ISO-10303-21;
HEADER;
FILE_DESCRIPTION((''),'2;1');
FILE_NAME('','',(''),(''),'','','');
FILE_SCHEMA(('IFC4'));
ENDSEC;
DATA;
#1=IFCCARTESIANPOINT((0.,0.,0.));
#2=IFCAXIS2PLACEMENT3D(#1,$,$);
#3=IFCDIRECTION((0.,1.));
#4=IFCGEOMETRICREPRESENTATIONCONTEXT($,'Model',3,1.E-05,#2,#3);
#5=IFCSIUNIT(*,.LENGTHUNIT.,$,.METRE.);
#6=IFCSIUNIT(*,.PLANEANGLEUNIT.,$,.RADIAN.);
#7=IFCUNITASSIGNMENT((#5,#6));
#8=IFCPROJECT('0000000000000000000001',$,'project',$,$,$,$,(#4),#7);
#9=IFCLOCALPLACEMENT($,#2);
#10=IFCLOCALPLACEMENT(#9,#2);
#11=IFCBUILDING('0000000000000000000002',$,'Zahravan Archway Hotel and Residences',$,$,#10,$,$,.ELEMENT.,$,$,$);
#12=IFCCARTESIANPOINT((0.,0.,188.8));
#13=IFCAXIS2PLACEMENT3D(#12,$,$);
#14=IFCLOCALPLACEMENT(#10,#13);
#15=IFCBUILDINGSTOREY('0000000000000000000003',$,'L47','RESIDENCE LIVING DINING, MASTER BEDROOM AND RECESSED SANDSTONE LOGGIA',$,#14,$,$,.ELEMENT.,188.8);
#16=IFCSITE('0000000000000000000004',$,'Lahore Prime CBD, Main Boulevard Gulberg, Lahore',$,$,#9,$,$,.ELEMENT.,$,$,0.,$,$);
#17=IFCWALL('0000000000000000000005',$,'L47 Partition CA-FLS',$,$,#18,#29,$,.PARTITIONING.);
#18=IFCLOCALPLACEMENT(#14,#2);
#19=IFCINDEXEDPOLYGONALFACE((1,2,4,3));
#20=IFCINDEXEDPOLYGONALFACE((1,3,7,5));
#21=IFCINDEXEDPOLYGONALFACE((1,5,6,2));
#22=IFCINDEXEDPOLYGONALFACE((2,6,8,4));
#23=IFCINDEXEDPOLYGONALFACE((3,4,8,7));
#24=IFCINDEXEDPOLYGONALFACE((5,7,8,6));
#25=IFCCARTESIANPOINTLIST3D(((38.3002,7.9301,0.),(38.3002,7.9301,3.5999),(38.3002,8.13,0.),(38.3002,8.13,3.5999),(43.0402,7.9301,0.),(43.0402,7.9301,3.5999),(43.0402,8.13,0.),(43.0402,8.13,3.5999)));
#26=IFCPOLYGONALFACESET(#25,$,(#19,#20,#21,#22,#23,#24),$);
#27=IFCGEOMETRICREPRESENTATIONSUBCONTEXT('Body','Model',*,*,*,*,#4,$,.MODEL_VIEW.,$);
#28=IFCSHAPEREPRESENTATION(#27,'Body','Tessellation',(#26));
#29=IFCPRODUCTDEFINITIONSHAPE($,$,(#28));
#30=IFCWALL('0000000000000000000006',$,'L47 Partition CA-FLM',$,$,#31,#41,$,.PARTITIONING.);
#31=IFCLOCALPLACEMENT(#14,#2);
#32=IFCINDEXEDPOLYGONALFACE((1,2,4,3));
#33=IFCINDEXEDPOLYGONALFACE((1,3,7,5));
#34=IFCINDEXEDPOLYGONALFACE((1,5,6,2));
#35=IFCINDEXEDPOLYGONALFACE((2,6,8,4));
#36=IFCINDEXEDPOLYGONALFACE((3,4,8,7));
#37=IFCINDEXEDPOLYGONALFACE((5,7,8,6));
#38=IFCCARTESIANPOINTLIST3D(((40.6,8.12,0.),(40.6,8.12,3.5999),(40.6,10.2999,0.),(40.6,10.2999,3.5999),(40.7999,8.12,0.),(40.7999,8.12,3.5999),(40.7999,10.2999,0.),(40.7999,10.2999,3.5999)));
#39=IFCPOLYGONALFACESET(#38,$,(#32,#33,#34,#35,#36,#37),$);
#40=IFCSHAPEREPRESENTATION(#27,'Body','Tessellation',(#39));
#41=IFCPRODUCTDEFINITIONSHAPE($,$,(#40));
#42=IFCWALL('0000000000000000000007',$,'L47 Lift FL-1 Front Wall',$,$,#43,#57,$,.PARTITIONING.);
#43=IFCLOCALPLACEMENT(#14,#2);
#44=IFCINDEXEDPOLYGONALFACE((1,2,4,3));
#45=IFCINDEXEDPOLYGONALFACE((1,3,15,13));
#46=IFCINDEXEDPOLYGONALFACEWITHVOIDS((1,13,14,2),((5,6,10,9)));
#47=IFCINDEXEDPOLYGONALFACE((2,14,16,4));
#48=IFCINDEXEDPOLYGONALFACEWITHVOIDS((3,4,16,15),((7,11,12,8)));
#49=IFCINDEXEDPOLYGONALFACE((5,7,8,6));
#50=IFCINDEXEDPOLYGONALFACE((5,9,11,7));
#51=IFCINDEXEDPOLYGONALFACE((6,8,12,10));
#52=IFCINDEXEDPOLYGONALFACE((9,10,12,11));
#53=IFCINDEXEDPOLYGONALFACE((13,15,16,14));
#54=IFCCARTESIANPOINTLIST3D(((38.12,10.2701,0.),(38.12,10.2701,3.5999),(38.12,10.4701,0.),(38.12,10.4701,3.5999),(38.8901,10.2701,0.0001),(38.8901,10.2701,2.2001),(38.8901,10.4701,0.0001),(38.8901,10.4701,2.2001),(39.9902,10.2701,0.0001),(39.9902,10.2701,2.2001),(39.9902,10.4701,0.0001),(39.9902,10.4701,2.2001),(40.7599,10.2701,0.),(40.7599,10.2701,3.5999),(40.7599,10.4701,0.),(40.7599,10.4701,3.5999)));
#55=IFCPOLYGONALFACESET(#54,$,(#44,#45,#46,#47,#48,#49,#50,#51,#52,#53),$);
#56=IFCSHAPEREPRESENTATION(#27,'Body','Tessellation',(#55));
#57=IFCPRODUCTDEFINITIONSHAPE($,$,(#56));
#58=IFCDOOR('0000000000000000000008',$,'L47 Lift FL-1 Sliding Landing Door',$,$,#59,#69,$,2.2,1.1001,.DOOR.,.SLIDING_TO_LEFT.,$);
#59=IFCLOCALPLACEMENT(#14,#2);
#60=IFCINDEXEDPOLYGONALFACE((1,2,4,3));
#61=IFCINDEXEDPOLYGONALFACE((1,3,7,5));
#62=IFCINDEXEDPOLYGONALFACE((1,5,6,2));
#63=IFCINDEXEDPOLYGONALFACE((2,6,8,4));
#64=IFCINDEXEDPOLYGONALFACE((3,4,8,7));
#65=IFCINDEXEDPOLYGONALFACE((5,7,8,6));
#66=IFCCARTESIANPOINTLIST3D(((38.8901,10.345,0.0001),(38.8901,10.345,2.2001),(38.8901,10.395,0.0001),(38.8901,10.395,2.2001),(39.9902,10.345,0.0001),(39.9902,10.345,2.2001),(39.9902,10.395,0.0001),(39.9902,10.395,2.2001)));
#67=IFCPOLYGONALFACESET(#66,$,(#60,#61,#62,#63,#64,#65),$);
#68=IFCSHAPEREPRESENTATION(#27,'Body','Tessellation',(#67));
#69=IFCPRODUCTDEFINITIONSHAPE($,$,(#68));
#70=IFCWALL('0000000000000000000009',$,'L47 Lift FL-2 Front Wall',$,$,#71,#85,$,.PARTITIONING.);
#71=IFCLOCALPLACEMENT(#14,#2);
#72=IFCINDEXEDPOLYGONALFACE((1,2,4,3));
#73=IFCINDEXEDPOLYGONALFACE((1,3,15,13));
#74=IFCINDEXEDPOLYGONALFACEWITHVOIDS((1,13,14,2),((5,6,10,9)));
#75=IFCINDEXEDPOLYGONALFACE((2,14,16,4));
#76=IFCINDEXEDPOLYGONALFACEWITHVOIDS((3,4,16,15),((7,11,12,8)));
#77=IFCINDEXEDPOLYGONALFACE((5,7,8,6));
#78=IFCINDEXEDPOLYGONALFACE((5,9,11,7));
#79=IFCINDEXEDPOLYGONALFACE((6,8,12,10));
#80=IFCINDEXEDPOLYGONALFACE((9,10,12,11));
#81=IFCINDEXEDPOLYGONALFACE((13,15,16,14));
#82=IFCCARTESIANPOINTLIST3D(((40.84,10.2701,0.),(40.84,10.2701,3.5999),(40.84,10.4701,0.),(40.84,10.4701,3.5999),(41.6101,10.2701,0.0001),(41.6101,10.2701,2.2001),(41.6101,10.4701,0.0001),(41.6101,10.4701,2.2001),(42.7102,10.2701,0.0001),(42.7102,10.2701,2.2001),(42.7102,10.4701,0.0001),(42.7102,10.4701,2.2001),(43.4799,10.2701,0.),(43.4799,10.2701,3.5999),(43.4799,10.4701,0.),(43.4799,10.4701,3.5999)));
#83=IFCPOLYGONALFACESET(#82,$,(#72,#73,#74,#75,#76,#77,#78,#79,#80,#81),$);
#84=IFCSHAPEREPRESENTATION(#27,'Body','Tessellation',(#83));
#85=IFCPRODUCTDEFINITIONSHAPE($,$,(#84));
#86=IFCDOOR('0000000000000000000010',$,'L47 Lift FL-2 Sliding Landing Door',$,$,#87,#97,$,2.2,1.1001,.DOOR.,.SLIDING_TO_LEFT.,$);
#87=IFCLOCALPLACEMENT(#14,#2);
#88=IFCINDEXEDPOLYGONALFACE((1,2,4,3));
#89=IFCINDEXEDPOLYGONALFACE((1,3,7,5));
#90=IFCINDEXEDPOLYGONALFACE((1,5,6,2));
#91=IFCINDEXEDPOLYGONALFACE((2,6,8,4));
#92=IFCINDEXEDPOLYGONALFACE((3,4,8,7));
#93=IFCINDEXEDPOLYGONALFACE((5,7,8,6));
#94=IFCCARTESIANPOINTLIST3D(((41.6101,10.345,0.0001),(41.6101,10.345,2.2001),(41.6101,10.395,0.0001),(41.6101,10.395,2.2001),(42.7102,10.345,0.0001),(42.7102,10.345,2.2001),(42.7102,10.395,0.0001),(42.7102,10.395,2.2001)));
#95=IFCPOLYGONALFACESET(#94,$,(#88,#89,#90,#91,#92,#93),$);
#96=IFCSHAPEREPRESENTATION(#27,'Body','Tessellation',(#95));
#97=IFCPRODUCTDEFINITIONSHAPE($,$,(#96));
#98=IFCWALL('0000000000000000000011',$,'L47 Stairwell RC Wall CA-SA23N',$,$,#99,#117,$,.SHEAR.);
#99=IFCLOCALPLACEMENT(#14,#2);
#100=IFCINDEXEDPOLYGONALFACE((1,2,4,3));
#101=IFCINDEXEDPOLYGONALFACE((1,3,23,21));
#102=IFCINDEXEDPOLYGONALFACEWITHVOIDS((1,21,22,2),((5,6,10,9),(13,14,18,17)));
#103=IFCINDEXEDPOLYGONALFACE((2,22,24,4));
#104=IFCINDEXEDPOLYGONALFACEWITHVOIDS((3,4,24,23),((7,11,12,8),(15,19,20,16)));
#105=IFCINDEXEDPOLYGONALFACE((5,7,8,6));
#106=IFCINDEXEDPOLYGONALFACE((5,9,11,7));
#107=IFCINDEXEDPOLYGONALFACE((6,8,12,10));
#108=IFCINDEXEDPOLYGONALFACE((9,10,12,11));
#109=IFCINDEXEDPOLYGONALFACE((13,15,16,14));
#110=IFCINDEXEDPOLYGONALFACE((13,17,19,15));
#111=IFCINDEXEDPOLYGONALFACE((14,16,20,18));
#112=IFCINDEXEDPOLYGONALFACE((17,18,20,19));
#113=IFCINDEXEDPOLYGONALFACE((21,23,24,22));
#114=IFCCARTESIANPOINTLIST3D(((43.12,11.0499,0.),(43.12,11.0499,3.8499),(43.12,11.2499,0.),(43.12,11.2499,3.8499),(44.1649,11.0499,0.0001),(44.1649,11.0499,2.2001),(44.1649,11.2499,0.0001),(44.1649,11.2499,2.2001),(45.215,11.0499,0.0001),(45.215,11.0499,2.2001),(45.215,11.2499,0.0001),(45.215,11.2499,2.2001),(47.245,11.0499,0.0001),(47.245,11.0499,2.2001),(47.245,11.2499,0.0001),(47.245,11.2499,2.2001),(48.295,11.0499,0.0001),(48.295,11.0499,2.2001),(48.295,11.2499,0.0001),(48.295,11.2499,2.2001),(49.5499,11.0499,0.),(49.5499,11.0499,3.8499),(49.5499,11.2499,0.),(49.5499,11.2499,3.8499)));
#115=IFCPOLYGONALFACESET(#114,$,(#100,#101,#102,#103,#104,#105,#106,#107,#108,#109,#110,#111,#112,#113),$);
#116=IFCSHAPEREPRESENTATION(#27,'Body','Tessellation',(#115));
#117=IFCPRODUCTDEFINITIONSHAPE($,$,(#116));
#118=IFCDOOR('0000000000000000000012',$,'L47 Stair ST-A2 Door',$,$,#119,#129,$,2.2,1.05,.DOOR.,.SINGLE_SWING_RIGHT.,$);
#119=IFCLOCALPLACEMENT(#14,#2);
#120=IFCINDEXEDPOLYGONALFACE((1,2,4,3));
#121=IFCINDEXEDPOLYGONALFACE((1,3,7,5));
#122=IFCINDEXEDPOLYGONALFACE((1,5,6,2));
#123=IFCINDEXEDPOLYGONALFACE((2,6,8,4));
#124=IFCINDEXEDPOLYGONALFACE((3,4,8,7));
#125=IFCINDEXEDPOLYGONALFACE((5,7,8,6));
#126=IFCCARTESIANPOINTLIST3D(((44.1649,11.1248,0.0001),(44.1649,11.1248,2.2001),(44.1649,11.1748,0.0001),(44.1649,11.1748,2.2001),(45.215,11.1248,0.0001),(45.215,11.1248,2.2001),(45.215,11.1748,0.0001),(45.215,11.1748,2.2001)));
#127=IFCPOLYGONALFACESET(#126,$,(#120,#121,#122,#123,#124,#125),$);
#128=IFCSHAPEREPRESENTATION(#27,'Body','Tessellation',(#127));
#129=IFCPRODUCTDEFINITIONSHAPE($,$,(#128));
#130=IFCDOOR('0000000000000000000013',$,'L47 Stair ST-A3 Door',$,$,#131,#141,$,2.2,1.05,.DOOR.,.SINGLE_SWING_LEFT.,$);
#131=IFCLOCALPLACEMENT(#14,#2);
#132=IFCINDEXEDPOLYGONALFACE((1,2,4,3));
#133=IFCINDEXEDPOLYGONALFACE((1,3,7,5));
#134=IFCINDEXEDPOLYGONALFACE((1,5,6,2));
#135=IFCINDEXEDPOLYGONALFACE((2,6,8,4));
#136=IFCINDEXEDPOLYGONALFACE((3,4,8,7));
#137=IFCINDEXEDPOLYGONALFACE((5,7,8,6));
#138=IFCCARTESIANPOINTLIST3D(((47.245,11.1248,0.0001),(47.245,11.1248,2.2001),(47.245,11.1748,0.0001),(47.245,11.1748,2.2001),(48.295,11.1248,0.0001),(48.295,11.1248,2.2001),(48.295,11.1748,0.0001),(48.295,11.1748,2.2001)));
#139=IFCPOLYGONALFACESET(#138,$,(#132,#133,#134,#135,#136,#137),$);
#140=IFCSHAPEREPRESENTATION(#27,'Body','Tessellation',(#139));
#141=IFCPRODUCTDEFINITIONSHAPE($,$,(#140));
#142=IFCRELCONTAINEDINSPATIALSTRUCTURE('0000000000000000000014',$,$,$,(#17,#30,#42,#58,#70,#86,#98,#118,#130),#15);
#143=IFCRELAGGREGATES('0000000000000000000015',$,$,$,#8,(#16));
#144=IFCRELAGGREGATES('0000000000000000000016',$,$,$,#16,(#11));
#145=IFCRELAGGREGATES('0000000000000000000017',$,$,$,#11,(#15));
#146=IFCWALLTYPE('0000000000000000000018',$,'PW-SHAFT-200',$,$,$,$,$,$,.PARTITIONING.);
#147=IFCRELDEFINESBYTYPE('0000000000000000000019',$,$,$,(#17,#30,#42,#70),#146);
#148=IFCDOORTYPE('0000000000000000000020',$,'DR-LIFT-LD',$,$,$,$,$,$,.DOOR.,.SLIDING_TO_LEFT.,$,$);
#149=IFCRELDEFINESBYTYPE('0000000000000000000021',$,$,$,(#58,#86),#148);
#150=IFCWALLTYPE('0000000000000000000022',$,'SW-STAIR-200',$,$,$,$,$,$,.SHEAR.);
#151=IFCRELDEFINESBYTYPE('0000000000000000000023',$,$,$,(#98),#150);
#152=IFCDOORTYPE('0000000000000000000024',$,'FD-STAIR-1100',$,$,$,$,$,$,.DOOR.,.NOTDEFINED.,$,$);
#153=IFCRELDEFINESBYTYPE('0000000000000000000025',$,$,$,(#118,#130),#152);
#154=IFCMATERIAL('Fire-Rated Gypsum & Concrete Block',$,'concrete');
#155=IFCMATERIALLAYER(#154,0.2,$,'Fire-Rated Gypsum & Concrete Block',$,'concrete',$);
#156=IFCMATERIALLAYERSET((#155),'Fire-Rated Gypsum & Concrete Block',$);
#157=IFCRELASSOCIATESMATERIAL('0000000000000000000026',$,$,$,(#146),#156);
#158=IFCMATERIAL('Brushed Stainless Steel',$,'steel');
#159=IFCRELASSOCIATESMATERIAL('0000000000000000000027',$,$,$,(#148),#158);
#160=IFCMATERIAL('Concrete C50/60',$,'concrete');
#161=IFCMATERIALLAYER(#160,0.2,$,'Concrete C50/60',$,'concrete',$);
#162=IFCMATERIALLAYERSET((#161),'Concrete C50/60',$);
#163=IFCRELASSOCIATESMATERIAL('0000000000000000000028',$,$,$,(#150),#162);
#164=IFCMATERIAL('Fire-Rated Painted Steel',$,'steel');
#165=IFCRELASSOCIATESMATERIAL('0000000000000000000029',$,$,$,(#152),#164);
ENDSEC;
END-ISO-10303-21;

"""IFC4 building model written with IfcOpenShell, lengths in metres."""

from ifc_helpers import new_model, si_unit, direction, frame, frame_2d, origin, place, context, subcontext, project, spatial, rectangle, extrude, source, transform, mapped, material, layer, layer_set, type_object, type_shapes, element, fill, save


model = new_model("IFC4")

# Units and contexts
model_context = context("Model", 3, precision=1e-05, world=origin(), true_north=direction((0.0, 1.0)))
body_context = subcontext(model_context, "Body", "Model", "MODEL_VIEW")
ifc_project = project(units=[si_unit("LENGTHUNIT", "METRE"), si_unit("PLANEANGLEUNIT", "RADIAN")], contexts=[model_context])

# Site, building, storey
site_placement = place(None, origin())
site = spatial("IfcSite", under=ifc_project, at=site_placement, Name="Lahore Prime CBD, Main Boulevard Gulberg, Lahore", CompositionType="ELEMENT", RefElevation=0.0)
building_placement = place(site_placement, origin())
building = spatial("IfcBuilding", under=site, at=building_placement, Name="Zahravan Archway Hotel and Residences", CompositionType="ELEMENT")
storey_placement = place(building_placement, frame((0.0, 0.0, 188.8)))
storey = spatial("IfcBuildingStorey", under=building, at=storey_placement, Name="L47", Description="RESIDENCE LIVING DINING, MASTER BEDROOM AND RECESSED SANDSTONE LOGGIA", CompositionType="ELEMENT", Elevation=188.8)

# Shared definitions
ifc_material_1 = material(Name="Fire-Rated Gypsum & Concrete Block", Category="concrete")
ifc_material_2 = material(Name="Fire-Rated Painted Steel", Category="steel")

# Walls
ifc_layer_1 = layer(ifc_material_1, 0.2, Name="Fire-Rated Gypsum & Concrete Block", Category="concrete")
ifc_layer_set_1 = layer_set([ifc_layer_1], Name="Fire-Rated Gypsum & Concrete Block")
wall_type_1 = type_object("IfcWallType", Name="PW-SHAFT-200", PredefinedType="PARTITIONING", material=ifc_layer_set_1)
wall_1_placement = place(storey_placement, frame((38.3, 8.03, 0.0), z_axis=(0.0, 0.0, 1.0), x_axis=(1.0, 0.0, 0.0)))
element("IfcWall", 1, at=wall_1_placement, inside=storey, type_object=wall_type_1, Name="L47 Partition CA-FLS", PredefinedType="PARTITIONING", context=body_context, shape_type="SweptSolid", body=[
    extrude(rectangle(XDim=4.74, YDim=0.2, at=frame_2d((2.3701, 0.0))), origin(), (0.0, 0.0, 1.0), 3.5999),
])
wall_2_placement = place(storey_placement, frame((40.7, 8.1201, 0.0), z_axis=(0.0, 0.0, 1.0), x_axis=(0.0, 1.0, 0.0)))
element("IfcWall", 2, at=wall_2_placement, inside=storey, type_object=wall_type_1, Name="L47 Partition CA-FLM", PredefinedType="PARTITIONING", context=body_context, shape_type="SweptSolid", body=[
    extrude(rectangle(XDim=2.1799, YDim=0.2, at=frame_2d((1.0898, 0.0))), origin(), (0.0, 0.0, 1.0), 3.5999),
])

# Walls, openings, doors
wall_3_placement = place(storey_placement, frame((38.1201, 10.3701, 0.0), z_axis=(0.0, 0.0, 1.0), x_axis=(1.0, 0.0, 0.0)))
wall_3 = element("IfcWall", 3, at=wall_3_placement, inside=storey, type_object=wall_type_1, Name="L47 Lift FL-1 Front Wall", PredefinedType="PARTITIONING", context=body_context, shape_type="SweptSolid", body=[
    extrude(rectangle(XDim=2.6399, YDim=0.2, at=frame_2d((1.3198, 0.0))), origin(), (0.0, 0.0, 1.0), 3.5999),
])
opening_1_placement = place(wall_3_placement, frame((0.77, 0.0, 0.0)))
opening_1 = element("IfcOpeningElement", 4, at=opening_1_placement, cuts=wall_3, PredefinedType="OPENING", context=body_context, shape_type="SweptSolid", body=[
    extrude(rectangle(XDim=1.1001, YDim=2.2, at=frame_2d((0.55, 1.1001))), frame((0.0, 0.1099, 0.0), z_axis=(0.0, -1.0, 0.0), x_axis=(1.0, 0.0, 0.0)), (0.0, 0.0, 1.0), 0.22),
])
ifc_material_3 = material(Name="Brushed Stainless Steel", Category="steel")
door_type_1 = type_object("IfcDoorType", Name="DR-LIFT-LD", OperationType="SLIDING_TO_LEFT", PredefinedType="DOOR", material=ifc_material_3)
shared_shape_1 = source(origin(), body_context, "Body", "SweptSolid", [
    extrude(rectangle(XDim=1.1001, YDim=2.2, at=frame_2d((0.55, 1.1001))), frame((0.0, 0.0249, 0.0), z_axis=(0.0, -1.0, 0.0), x_axis=(1.0, 0.0, 0.0)), (0.0, 0.0, 1.0), 0.05),
])
type_shapes(door_type_1, [shared_shape_1])
door_1_placement = place(opening_1_placement, origin())
door_1 = element("IfcDoor", 5, at=door_1_placement, inside=storey, type_object=door_type_1, Name="L47 Lift FL-1 Sliding Landing Door", OperationType="SLIDING_TO_LEFT", OverallHeight=2.2, OverallWidth=1.1001, PredefinedType="DOOR", context=body_context, shape_type="MappedRepresentation", body=[
    mapped(shared_shape_1, transform((0.0, 0.0, 0.0), scale=1.0)),
])
fill(opening_1, door_1)
wall_4_placement = place(storey_placement, frame((40.8401, 10.3701, 0.0), z_axis=(0.0, 0.0, 1.0), x_axis=(1.0, 0.0, 0.0)))
wall_4 = element("IfcWall", 6, at=wall_4_placement, inside=storey, type_object=wall_type_1, Name="L47 Lift FL-2 Front Wall", PredefinedType="PARTITIONING", context=body_context, shape_type="SweptSolid", body=[
    extrude(rectangle(XDim=2.6399, YDim=0.2, at=frame_2d((1.3198, 0.0))), origin(), (0.0, 0.0, 1.0), 3.5999),
])
opening_2_placement = place(wall_4_placement, frame((0.77, 0.0, 0.0)))
opening_2 = element("IfcOpeningElement", 7, at=opening_2_placement, cuts=wall_4, PredefinedType="OPENING", context=body_context, shape_type="SweptSolid", body=[
    extrude(rectangle(XDim=1.1001, YDim=2.2, at=frame_2d((0.55, 1.1001))), frame((0.0, 0.1099, 0.0), z_axis=(0.0, -1.0, 0.0), x_axis=(1.0, 0.0, 0.0)), (0.0, 0.0, 1.0), 0.22),
])
door_2_placement = place(opening_2_placement, origin())
door_2 = element("IfcDoor", 8, at=door_2_placement, inside=storey, type_object=door_type_1, Name="L47 Lift FL-2 Sliding Landing Door", OperationType="SLIDING_TO_LEFT", OverallHeight=2.2, OverallWidth=1.1001, PredefinedType="DOOR", context=body_context, shape_type="MappedRepresentation", body=[
    mapped(shared_shape_1, transform((0.0, 0.0, 0.0), scale=1.0)),
])
fill(opening_2, door_2)

# Wall, openings, doors
ifc_material_4 = material(Name="Concrete C50/60", Category="concrete")
ifc_layer_2 = layer(ifc_material_4, 0.2, Name="Concrete C50/60", Category="concrete")
ifc_layer_set_2 = layer_set([ifc_layer_2], Name="Concrete C50/60")
wall_type_2 = type_object("IfcWallType", Name="SW-STAIR-200", PredefinedType="SHEAR", material=ifc_layer_set_2)
wall_5_placement = place(storey_placement, frame((43.1201, 11.1499, 0.0), z_axis=(0.0, 0.0, 1.0), x_axis=(1.0, 0.0, 0.0)))
wall_5 = element("IfcWall", 9, at=wall_5_placement, inside=storey, type_object=wall_type_2, Name="L47 Stairwell RC Wall CA-SA23N", PredefinedType="SHEAR", context=body_context, shape_type="SweptSolid", body=[
    extrude(rectangle(XDim=6.4299, YDim=0.2, at=frame_2d((3.2148, 0.0))), origin(), (0.0, 0.0, 1.0), 3.8499),
])
opening_3_placement = place(wall_5_placement, frame((1.0449, 0.0, 0.0)))
opening_3 = element("IfcOpeningElement", 10, at=opening_3_placement, cuts=wall_5, PredefinedType="OPENING", context=body_context, shape_type="SweptSolid", body=[
    extrude(rectangle(XDim=1.05, YDim=2.2, at=frame_2d((0.5249, 1.1001))), frame((0.0, 0.1099, 0.0), z_axis=(0.0, -1.0, 0.0), x_axis=(1.0, 0.0, 0.0)), (0.0, 0.0, 1.0), 0.22),
])
opening_4_placement = place(wall_5_placement, frame((4.125, 0.0, 0.0)))
opening_4 = element("IfcOpeningElement", 11, at=opening_4_placement, cuts=wall_5, PredefinedType="OPENING", context=body_context, shape_type="SweptSolid", body=[
    extrude(rectangle(XDim=1.05, YDim=2.2, at=frame_2d((0.5249, 1.1001))), frame((0.0, 0.1099, 0.0), z_axis=(0.0, -1.0, 0.0), x_axis=(1.0, 0.0, 0.0)), (0.0, 0.0, 1.0), 0.22),
])
door_type_2 = type_object("IfcDoorType", Name="FD-STAIR-1100", OperationType="NOTDEFINED", PredefinedType="DOOR", material=ifc_material_2)
shared_shape_2 = source(origin(), body_context, "Body", "SweptSolid", [
    extrude(rectangle(XDim=1.05, YDim=2.2, at=frame_2d((0.5249, 1.1001))), frame((0.0, 0.0249, 0.0), z_axis=(0.0, -1.0, 0.0), x_axis=(1.0, 0.0, 0.0)), (0.0, 0.0, 1.0), 0.05),
])
type_shapes(door_type_2, [shared_shape_2])
door_3_placement = place(opening_3_placement, origin())
door_3 = element("IfcDoor", 12, at=door_3_placement, inside=storey, type_object=door_type_2, Name="L47 Stair ST-A2 Door", OperationType="SINGLE_SWING_RIGHT", OverallHeight=2.2, OverallWidth=1.05, PredefinedType="DOOR", context=body_context, shape_type="MappedRepresentation", body=[
    mapped(shared_shape_2, transform((0.0, 0.0, 0.0), scale=1.0)),
])
fill(opening_3, door_3)
door_4_placement = place(opening_4_placement, origin())
door_4 = element("IfcDoor", 13, at=door_4_placement, inside=storey, type_object=door_type_2, Name="L47 Stair ST-A3 Door", OperationType="SINGLE_SWING_LEFT", OverallHeight=2.2, OverallWidth=1.05, PredefinedType="DOOR", context=body_context, shape_type="MappedRepresentation", body=[
    mapped(shared_shape_2, transform((0.0, 0.0, 0.0), scale=1.0)),
])
fill(opening_4, door_4)

save(model, "model.ifc")
